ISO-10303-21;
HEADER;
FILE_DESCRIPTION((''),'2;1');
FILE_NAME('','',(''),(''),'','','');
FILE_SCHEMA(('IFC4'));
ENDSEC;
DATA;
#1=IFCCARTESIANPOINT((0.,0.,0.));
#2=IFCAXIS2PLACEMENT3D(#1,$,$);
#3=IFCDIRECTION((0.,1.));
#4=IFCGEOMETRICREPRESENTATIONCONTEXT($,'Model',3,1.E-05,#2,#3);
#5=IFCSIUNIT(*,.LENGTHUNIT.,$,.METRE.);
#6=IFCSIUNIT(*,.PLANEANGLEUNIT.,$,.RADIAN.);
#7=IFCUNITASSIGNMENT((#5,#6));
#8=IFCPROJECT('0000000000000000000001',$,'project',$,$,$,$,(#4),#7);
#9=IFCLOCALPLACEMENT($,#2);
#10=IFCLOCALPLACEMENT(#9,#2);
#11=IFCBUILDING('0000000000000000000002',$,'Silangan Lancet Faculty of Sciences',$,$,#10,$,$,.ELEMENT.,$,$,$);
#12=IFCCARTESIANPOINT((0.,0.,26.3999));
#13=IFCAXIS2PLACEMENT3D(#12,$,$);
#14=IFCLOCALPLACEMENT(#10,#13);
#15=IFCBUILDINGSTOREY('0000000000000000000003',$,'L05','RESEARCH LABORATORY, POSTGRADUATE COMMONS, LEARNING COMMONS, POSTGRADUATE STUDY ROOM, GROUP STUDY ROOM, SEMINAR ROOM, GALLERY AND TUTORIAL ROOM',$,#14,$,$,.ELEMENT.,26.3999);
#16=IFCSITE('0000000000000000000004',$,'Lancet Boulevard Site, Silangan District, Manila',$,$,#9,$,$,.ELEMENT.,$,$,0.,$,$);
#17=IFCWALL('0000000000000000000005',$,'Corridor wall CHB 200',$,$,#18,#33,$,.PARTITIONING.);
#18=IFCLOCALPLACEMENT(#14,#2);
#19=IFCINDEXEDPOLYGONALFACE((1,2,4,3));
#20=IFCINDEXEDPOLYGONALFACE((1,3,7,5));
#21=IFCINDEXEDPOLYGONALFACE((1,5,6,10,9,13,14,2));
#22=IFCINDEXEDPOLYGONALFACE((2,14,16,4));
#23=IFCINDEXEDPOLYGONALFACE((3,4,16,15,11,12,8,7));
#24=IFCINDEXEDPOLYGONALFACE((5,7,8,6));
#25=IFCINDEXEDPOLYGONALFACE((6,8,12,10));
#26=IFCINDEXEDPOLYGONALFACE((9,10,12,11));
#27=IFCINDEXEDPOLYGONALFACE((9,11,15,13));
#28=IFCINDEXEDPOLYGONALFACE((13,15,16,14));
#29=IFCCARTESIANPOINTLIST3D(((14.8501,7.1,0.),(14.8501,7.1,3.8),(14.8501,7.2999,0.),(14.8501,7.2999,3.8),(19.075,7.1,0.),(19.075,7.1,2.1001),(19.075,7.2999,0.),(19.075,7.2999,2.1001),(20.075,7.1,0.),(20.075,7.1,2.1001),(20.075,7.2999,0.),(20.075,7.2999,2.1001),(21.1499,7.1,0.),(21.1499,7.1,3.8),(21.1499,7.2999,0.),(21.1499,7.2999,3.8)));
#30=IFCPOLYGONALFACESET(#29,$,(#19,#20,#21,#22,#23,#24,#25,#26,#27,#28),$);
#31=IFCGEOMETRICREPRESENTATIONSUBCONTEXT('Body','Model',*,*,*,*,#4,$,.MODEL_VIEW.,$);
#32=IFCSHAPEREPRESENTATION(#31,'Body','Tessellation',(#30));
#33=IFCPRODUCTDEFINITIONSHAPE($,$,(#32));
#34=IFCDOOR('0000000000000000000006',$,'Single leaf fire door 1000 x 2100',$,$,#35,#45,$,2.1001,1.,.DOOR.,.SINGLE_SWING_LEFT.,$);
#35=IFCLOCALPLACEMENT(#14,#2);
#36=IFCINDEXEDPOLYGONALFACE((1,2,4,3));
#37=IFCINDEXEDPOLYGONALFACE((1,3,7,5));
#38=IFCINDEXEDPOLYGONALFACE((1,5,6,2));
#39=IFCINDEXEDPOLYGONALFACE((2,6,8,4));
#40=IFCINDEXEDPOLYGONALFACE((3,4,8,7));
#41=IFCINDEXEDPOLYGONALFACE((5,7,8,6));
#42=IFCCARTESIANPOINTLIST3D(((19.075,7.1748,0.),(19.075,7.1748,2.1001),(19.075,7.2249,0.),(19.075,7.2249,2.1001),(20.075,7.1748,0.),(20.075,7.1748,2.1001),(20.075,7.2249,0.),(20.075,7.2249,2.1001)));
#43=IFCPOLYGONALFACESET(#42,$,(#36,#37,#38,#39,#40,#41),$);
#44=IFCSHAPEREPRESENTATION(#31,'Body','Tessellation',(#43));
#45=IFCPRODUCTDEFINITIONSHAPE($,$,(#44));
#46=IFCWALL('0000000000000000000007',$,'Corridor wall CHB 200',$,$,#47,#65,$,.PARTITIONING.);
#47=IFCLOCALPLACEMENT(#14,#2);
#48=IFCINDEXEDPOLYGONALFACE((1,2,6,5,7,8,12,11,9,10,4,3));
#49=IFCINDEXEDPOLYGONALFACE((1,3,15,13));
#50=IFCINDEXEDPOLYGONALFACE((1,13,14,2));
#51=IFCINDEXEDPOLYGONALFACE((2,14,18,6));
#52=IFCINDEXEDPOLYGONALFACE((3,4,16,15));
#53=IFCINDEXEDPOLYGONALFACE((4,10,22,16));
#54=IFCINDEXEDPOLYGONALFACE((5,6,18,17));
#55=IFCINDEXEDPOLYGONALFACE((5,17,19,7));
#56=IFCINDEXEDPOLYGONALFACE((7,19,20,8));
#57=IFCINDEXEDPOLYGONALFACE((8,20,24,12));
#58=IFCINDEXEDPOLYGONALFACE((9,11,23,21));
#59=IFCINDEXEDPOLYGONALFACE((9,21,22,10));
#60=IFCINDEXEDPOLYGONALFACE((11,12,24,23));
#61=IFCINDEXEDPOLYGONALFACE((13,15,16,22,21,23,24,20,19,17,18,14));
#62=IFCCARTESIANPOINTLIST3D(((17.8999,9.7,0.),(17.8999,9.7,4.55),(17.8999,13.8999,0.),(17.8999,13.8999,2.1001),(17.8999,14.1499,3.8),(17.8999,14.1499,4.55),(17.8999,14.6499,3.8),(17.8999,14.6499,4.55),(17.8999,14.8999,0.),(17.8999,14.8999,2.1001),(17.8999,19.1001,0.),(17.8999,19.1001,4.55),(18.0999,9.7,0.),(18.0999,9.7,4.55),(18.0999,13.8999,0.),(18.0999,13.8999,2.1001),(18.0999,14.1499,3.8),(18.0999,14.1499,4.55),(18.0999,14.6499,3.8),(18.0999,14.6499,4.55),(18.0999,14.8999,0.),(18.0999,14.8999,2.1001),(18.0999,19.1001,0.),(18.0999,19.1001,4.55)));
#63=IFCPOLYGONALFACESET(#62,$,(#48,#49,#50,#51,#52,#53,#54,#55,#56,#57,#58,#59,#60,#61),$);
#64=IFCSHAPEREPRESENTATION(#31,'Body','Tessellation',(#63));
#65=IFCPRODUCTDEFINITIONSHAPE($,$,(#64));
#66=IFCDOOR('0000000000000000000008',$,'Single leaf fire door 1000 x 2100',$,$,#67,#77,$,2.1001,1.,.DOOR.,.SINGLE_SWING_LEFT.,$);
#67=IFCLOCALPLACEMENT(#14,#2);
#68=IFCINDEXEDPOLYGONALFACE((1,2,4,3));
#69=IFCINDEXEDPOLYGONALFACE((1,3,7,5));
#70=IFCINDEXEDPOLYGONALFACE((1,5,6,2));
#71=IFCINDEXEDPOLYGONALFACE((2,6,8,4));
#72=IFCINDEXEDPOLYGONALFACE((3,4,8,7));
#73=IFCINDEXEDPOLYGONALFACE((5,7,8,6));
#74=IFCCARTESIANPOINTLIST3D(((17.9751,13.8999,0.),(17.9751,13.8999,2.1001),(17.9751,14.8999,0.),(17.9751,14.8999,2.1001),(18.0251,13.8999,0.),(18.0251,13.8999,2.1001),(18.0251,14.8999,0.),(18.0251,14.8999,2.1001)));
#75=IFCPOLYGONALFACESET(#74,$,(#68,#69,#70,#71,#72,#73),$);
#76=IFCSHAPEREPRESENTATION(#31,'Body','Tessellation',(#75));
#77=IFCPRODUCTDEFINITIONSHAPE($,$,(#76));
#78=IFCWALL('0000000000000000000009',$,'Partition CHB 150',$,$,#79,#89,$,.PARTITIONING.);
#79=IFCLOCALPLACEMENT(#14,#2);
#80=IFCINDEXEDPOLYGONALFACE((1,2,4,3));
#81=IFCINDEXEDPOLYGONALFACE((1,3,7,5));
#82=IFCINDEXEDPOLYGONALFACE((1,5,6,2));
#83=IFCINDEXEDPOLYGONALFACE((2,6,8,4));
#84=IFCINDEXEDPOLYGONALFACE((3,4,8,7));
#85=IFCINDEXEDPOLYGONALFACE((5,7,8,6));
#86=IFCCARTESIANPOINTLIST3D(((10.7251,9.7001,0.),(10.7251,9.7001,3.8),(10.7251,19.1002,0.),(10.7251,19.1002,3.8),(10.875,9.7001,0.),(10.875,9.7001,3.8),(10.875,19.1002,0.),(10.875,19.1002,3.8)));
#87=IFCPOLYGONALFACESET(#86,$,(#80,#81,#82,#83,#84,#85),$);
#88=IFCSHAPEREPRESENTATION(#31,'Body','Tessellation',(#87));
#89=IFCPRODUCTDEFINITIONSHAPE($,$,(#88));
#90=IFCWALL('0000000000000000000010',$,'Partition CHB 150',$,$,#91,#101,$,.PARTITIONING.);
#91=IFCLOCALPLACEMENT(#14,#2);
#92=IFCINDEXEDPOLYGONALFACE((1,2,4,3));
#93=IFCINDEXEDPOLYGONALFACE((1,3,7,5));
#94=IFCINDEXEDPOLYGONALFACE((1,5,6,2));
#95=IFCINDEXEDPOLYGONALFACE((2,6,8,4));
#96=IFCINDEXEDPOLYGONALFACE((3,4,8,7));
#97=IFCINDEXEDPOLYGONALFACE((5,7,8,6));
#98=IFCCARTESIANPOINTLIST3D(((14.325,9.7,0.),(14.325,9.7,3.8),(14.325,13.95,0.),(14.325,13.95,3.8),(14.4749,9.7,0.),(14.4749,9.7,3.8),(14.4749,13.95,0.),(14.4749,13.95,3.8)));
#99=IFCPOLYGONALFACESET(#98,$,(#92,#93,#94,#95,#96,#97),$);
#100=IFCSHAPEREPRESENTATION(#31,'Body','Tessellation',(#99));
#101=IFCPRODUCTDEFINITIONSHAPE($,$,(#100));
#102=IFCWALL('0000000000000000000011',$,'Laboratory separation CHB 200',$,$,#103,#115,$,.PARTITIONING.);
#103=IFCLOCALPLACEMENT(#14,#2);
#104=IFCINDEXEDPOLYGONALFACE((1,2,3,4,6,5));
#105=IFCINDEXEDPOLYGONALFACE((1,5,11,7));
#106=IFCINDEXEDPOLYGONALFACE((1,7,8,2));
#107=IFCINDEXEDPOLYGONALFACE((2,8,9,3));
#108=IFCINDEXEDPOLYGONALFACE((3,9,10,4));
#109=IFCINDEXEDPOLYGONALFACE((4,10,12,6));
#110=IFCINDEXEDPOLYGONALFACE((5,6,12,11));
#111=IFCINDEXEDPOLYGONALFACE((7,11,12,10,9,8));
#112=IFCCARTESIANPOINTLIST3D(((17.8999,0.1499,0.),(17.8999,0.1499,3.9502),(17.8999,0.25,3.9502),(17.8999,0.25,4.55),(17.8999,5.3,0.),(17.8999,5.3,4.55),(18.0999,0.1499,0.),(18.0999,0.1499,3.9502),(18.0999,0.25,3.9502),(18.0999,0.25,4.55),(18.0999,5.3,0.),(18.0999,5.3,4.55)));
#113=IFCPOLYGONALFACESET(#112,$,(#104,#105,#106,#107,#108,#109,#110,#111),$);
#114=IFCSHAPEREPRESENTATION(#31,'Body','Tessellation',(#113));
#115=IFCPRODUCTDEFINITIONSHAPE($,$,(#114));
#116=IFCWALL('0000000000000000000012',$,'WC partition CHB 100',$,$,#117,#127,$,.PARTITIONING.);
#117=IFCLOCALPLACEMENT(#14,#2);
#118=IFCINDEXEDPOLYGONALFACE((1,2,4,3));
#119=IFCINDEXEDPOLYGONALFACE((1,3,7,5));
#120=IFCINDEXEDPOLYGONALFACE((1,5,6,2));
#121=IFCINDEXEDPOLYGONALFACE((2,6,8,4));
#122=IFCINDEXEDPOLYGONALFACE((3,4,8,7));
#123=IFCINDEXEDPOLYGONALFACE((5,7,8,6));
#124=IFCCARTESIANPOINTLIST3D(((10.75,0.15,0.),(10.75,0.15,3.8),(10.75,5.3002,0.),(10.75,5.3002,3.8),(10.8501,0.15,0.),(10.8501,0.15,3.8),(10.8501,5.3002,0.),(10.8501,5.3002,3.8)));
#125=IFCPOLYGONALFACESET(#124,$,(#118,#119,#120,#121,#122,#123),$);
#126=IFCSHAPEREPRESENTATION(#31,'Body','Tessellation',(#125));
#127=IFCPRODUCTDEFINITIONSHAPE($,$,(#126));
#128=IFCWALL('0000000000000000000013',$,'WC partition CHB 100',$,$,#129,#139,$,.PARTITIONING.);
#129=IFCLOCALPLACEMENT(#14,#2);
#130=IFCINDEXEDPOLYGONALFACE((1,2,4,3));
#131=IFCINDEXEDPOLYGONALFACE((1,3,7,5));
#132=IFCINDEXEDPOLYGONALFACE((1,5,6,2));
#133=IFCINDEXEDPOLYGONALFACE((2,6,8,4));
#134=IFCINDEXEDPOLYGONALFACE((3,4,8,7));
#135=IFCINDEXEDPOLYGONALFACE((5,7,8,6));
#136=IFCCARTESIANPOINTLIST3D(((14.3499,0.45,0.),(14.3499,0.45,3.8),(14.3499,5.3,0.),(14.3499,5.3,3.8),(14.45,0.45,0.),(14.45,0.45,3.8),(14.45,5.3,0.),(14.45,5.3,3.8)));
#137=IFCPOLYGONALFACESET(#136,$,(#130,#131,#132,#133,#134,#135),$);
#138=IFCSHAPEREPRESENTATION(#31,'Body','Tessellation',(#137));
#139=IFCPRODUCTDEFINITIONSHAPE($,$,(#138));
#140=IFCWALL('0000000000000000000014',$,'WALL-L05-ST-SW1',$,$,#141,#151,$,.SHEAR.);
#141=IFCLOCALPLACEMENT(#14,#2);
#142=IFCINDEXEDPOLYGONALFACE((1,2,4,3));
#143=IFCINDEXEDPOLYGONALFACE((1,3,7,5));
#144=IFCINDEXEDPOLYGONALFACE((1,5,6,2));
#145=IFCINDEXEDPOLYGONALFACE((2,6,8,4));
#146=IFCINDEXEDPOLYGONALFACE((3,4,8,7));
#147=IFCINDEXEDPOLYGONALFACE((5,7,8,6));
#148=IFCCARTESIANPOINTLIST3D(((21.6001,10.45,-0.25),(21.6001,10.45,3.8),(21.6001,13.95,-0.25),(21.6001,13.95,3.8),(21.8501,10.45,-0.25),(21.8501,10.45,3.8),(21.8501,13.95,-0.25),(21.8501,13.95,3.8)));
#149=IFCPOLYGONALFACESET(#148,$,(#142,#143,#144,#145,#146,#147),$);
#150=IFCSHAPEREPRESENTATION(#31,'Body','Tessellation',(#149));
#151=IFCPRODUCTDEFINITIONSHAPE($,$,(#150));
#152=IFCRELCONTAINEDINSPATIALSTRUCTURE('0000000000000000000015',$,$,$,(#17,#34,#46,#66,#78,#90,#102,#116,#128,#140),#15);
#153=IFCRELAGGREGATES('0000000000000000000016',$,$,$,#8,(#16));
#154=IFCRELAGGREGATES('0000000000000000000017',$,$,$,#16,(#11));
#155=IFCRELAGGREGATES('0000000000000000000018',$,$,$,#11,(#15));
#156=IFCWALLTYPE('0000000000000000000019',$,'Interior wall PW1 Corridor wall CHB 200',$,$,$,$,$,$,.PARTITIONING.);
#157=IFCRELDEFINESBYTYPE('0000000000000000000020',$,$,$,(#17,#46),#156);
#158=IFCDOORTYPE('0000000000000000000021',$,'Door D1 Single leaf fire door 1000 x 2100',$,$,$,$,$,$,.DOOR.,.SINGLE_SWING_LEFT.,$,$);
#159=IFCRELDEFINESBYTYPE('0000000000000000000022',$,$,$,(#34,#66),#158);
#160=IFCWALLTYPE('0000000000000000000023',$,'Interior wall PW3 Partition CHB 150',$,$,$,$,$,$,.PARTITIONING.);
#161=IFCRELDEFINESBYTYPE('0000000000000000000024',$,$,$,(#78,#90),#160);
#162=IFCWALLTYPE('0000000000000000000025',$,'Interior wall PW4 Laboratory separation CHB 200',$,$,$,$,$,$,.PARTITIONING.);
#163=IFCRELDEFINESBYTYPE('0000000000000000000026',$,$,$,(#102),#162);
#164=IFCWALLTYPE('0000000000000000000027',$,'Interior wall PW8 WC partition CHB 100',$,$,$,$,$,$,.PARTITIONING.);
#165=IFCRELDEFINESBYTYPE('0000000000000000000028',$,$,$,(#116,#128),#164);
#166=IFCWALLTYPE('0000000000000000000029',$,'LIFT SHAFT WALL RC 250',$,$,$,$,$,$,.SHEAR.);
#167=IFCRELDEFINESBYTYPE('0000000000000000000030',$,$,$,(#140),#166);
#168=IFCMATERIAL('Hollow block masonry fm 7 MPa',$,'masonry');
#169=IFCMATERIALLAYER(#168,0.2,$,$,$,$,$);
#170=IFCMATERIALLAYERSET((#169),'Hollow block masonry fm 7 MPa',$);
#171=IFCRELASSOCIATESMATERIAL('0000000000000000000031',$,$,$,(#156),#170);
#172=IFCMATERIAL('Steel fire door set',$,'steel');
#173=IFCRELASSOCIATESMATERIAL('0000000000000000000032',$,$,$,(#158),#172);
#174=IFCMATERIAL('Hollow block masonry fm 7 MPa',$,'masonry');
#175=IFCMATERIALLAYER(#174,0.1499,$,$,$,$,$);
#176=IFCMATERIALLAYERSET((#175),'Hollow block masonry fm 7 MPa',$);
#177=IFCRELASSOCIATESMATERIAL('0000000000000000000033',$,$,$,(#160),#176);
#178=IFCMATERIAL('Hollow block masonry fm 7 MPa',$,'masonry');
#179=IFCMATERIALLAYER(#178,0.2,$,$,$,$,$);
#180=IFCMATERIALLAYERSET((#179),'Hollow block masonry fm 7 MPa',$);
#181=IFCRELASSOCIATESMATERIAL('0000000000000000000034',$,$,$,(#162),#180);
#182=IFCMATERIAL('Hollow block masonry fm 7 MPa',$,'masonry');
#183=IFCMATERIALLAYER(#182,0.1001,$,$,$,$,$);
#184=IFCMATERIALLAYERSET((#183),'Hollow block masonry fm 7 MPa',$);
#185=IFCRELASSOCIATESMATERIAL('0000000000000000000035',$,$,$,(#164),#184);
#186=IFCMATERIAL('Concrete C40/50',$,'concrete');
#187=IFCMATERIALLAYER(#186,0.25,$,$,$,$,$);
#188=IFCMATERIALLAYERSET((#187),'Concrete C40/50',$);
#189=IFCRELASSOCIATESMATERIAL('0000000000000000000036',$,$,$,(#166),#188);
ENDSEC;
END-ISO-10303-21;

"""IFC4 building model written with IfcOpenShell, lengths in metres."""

from ifc_helpers import new_model, si_unit, direction, frame, frame_2d, origin, place, context, subcontext, project, spatial, polyline, rectangle, outline, extrude, material, layer, layer_set, type_object, element, fill, save


model = new_model("IFC4")

# Units and contexts
model_context = context("Model", 3, precision=1e-05, world=origin(), true_north=direction((0.0, 1.0)))
body_context = subcontext(model_context, "Body", "Model", "MODEL_VIEW")
ifc_project = project(units=[si_unit("LENGTHUNIT", "METRE"), si_unit("PLANEANGLEUNIT", "RADIAN")], contexts=[model_context])

# Site, building, storey
site_placement = place(None, origin())
site = spatial("IfcSite", under=ifc_project, at=site_placement, Name="Lancet Boulevard Site, Silangan District, Manila", CompositionType="ELEMENT", RefElevation=0.0)
building_placement = place(site_placement, origin())
building = spatial("IfcBuilding", under=site, at=building_placement, Name="Silangan Lancet Faculty of Sciences", CompositionType="ELEMENT")
storey_placement = place(building_placement, frame((0.0, 0.0, 26.3999)))
storey = spatial("IfcBuildingStorey", under=building, at=storey_placement, Name="L05", Description="RESEARCH LABORATORY, POSTGRADUATE COMMONS, LEARNING COMMONS, POSTGRADUATE STUDY ROOM, GROUP STUDY ROOM, SEMINAR ROOM, GALLERY AND TUTORIAL ROOM", CompositionType="ELEMENT", Elevation=26.3999)

# Walls, openings, doors
ifc_material_1 = material(Name="Hollow block masonry fm 7 MPa", Category="masonry")
ifc_layer_1 = layer(ifc_material_1, 0.2)
ifc_layer_set_1 = layer_set([ifc_layer_1], Name="Hollow block masonry fm 7 MPa")
wall_type_1 = type_object("IfcWallType", Name="Interior wall PW1 Corridor wall CHB 200", PredefinedType="PARTITIONING", material=ifc_layer_set_1)
wall_1_placement = place(storey_placement, frame((14.8501, 7.2, 0.0), z_axis=(0.0, 0.0, 1.0), x_axis=(1.0, 0.0, 0.0)))
wall_1 = element("IfcWall", 1, at=wall_1_placement, inside=storey, type_object=wall_type_1, Name="Corridor wall CHB 200", PredefinedType="PARTITIONING", context=body_context, shape_type="SweptSolid", body=[
    extrude(rectangle(XDim=6.2998, YDim=0.2, at=frame_2d((3.1499, 0.0))), origin(), (0.0, 0.0, 1.0), 3.8),
])
opening_1_placement = place(wall_1_placement, frame((4.2249, 0.0, 0.0)))
opening_1 = element("IfcOpeningElement", 2, at=opening_1_placement, cuts=wall_1, PredefinedType="OPENING", context=body_context, shape_type="SweptSolid", body=[
    extrude(rectangle(XDim=1.0, YDim=2.1001, at=frame_2d((0.5, 1.05))), frame((0.0, 0.1099, 0.0), z_axis=(0.0, -1.0, 0.0), x_axis=(1.0, 0.0, 0.0)), (0.0, 0.0, 1.0), 0.22),
])
ifc_material_2 = material(Name="Steel fire door set", Category="steel")
door_type_1 = type_object("IfcDoorType", Name="Door D1 Single leaf fire door 1000 x 2100", OperationType="SINGLE_SWING_LEFT", PredefinedType="DOOR", material=ifc_material_2)
door_1_placement = place(opening_1_placement, frame((1.0, 0.0, 0.0), z_axis=(0.0, 0.0, 1.0), x_axis=(-1.0, 0.0, 0.0)))
door_1 = element("IfcDoor", 3, at=door_1_placement, inside=storey, type_object=door_type_1, Name="Single leaf fire door 1000 x 2100", OperationType="SINGLE_SWING_LEFT", OverallHeight=2.1001, OverallWidth=1.0, PredefinedType="DOOR", context=body_context, shape_type="SweptSolid", body=[
    extrude(rectangle(XDim=1.0, YDim=2.1001, at=frame_2d((0.5, 1.05))), frame((0.0, 0.0251, 0.0), z_axis=(0.0, -1.0, 0.0), x_axis=(1.0, 0.0, 0.0)), (0.0, 0.0, 1.0), 0.05),
])
fill(opening_1, door_1)
wall_2_placement = place(storey_placement, frame((18.0, 9.7, 0.0), z_axis=(0.0, 0.0, 1.0), x_axis=(0.0, 1.0, 0.0)))
wall_2 = element("IfcWall", 4, at=wall_2_placement, inside=storey, type_object=wall_type_1, Name="Corridor wall CHB 200", PredefinedType="PARTITIONING", context=body_context, shape_type="SweptSolid", body=[
    extrude(outline(polyline([(0.0, 0.0), (9.4001, 0.0), (9.4001, 4.55), (4.95, 4.55), (4.95, 3.8), (4.45, 3.8), (4.45, 4.55), (0.0, 4.55), (0.0, 0.0)])), frame((0.0, 0.1001, 0.0), z_axis=(0.0, -1.0, 0.0), x_axis=(1.0, 0.0, 0.0)), (0.0, 0.0, 1.0), 0.2),
])
opening_2_placement = place(wall_2_placement, frame((4.2, 0.0, 0.0)))
opening_2 = element("IfcOpeningElement", 5, at=opening_2_placement, cuts=wall_2, PredefinedType="OPENING", context=body_context, shape_type="SweptSolid", body=[
    extrude(rectangle(XDim=1.0, YDim=2.1001, at=frame_2d((0.5, 1.05))), frame((0.0, 0.1099, 0.0), z_axis=(0.0, -1.0, 0.0), x_axis=(1.0, 0.0, 0.0)), (0.0, 0.0, 1.0), 0.22),
])
door_2_placement = place(opening_2_placement, origin())
door_2 = element("IfcDoor", 6, at=door_2_placement, inside=storey, type_object=door_type_1, Name="Single leaf fire door 1000 x 2100", OperationType="SINGLE_SWING_LEFT", OverallHeight=2.1001, OverallWidth=1.0, PredefinedType="DOOR", context=body_context, shape_type="SweptSolid", body=[
    extrude(rectangle(XDim=1.0, YDim=2.1001, at=frame_2d((0.5, 1.05))), frame((0.0, 0.0249, 0.0), z_axis=(0.0, -1.0, 0.0), x_axis=(1.0, 0.0, 0.0)), (0.0, 0.0, 1.0), 0.05),
])
fill(opening_2, door_2)

# Walls
ifc_material_3 = material(Name="Hollow block masonry fm 7 MPa", Category="masonry")
ifc_layer_2 = layer(ifc_material_3, 0.1499)
ifc_layer_set_2 = layer_set([ifc_layer_2], Name="Hollow block masonry fm 7 MPa")
wall_type_2 = type_object("IfcWallType", Name="Interior wall PW3 Partition CHB 150", PredefinedType="PARTITIONING", material=ifc_layer_set_2)
wall_3_placement = place(storey_placement, frame((10.8, 9.7, 0.0), z_axis=(0.0, 0.0, 1.0), x_axis=(0.0, 1.0, 0.0)))
element("IfcWall", 7, at=wall_3_placement, inside=storey, type_object=wall_type_2, Name="Partition CHB 150", PredefinedType="PARTITIONING", context=body_context, shape_type="SweptSolid", body=[
    extrude(rectangle(XDim=9.4001, YDim=0.1499, at=frame_2d((4.7002, 0.0))), origin(), (0.0, 0.0, 1.0), 3.8),
])
wall_4_placement = place(storey_placement, frame((14.3999, 9.7, 0.0), z_axis=(0.0, 0.0, 1.0), x_axis=(0.0, 1.0, 0.0)))
element("IfcWall", 8, at=wall_4_placement, inside=storey, type_object=wall_type_2, Name="Partition CHB 150", PredefinedType="PARTITIONING", context=body_context, shape_type="SweptSolid", body=[
    extrude(rectangle(XDim=4.25, YDim=0.1499, at=frame_2d((2.125, 0.0))), origin(), (0.0, 0.0, 1.0), 3.8),
])
ifc_material_4 = material(Name="Hollow block masonry fm 7 MPa", Category="masonry")
ifc_layer_3 = layer(ifc_material_4, 0.2)
ifc_layer_set_3 = layer_set([ifc_layer_3], Name="Hollow block masonry fm 7 MPa")
wall_type_3 = type_object("IfcWallType", Name="Interior wall PW4 Laboratory separation CHB 200", PredefinedType="PARTITIONING", material=ifc_layer_set_3)
wall_5_placement = place(storey_placement, frame((18.0, 0.1499, 0.0), z_axis=(0.0, 0.0, 1.0), x_axis=(0.0, 1.0, 0.0)))
element("IfcWall", 9, at=wall_5_placement, inside=storey, type_object=wall_type_3, Name="Laboratory separation CHB 200", PredefinedType="PARTITIONING", context=body_context, shape_type="SweptSolid", body=[
    extrude(outline(polyline([(0.0, 0.0), (5.1501, 0.0), (5.1501, 4.55), (0.1001, 4.55), (0.1001, 3.9502), (0.0, 3.9502), (0.0, 0.0)])), frame((0.0, 0.1001, 0.0), z_axis=(0.0, -1.0, 0.0), x_axis=(1.0, 0.0, 0.0)), (0.0, 0.0, 1.0), 0.2),
])
ifc_material_5 = material(Name="Hollow block masonry fm 7 MPa", Category="masonry")
ifc_layer_4 = layer(ifc_material_5, 0.1001)
ifc_layer_set_4 = layer_set([ifc_layer_4], Name="Hollow block masonry fm 7 MPa")
wall_type_4 = type_object("IfcWallType", Name="Interior wall PW8 WC partition CHB 100", PredefinedType="PARTITIONING", material=ifc_layer_set_4)
wall_6_placement = place(storey_placement, frame((10.8, 0.1499, 0.0), z_axis=(0.0, 0.0, 1.0), x_axis=(0.0, 1.0, 0.0)))
element("IfcWall", 10, at=wall_6_placement, inside=storey, type_object=wall_type_4, Name="WC partition CHB 100", PredefinedType="PARTITIONING", context=body_context, shape_type="SweptSolid", body=[
    extrude(rectangle(XDim=5.1501, YDim=0.1001, at=frame_2d((2.5752, 0.0))), origin(), (0.0, 0.0, 1.0), 3.8),
])
wall_7_placement = place(storey_placement, frame((14.3999, 0.45, 0.0), z_axis=(0.0, 0.0, 1.0), x_axis=(0.0, 1.0, 0.0)))
element("IfcWall", 11, at=wall_7_placement, inside=storey, type_object=wall_type_4, Name="WC partition CHB 100", PredefinedType="PARTITIONING", context=body_context, shape_type="SweptSolid", body=[
    extrude(rectangle(XDim=4.8501, YDim=0.1001, at=frame_2d((2.425, 0.0))), origin(), (0.0, 0.0, 1.0), 3.8),
])

# Wall
ifc_material_6 = material(Name="Concrete C40/50", Category="concrete")
ifc_layer_5 = layer(ifc_material_6, 0.25)
ifc_layer_set_5 = layer_set([ifc_layer_5], Name="Concrete C40/50")
wall_type_5 = type_object("IfcWallType", Name="LIFT SHAFT WALL RC 250", PredefinedType="SHEAR", material=ifc_layer_set_5)
wall_8_placement = place(storey_placement, frame((21.7251, 10.45, -0.25), z_axis=(0.0, 0.0, 1.0), x_axis=(0.0, 1.0, 0.0)))
element("IfcWall", 12, at=wall_8_placement, inside=storey, type_object=wall_type_5, Name="WALL-L05-ST-SW1", PredefinedType="SHEAR", context=body_context, shape_type="SweptSolid", body=[
    extrude(rectangle(XDim=3.5, YDim=0.25, at=frame_2d((1.75, 0.0))), origin(), (0.0, 0.0, 1.0), 4.05),
])

save(model, "model.ifc")
